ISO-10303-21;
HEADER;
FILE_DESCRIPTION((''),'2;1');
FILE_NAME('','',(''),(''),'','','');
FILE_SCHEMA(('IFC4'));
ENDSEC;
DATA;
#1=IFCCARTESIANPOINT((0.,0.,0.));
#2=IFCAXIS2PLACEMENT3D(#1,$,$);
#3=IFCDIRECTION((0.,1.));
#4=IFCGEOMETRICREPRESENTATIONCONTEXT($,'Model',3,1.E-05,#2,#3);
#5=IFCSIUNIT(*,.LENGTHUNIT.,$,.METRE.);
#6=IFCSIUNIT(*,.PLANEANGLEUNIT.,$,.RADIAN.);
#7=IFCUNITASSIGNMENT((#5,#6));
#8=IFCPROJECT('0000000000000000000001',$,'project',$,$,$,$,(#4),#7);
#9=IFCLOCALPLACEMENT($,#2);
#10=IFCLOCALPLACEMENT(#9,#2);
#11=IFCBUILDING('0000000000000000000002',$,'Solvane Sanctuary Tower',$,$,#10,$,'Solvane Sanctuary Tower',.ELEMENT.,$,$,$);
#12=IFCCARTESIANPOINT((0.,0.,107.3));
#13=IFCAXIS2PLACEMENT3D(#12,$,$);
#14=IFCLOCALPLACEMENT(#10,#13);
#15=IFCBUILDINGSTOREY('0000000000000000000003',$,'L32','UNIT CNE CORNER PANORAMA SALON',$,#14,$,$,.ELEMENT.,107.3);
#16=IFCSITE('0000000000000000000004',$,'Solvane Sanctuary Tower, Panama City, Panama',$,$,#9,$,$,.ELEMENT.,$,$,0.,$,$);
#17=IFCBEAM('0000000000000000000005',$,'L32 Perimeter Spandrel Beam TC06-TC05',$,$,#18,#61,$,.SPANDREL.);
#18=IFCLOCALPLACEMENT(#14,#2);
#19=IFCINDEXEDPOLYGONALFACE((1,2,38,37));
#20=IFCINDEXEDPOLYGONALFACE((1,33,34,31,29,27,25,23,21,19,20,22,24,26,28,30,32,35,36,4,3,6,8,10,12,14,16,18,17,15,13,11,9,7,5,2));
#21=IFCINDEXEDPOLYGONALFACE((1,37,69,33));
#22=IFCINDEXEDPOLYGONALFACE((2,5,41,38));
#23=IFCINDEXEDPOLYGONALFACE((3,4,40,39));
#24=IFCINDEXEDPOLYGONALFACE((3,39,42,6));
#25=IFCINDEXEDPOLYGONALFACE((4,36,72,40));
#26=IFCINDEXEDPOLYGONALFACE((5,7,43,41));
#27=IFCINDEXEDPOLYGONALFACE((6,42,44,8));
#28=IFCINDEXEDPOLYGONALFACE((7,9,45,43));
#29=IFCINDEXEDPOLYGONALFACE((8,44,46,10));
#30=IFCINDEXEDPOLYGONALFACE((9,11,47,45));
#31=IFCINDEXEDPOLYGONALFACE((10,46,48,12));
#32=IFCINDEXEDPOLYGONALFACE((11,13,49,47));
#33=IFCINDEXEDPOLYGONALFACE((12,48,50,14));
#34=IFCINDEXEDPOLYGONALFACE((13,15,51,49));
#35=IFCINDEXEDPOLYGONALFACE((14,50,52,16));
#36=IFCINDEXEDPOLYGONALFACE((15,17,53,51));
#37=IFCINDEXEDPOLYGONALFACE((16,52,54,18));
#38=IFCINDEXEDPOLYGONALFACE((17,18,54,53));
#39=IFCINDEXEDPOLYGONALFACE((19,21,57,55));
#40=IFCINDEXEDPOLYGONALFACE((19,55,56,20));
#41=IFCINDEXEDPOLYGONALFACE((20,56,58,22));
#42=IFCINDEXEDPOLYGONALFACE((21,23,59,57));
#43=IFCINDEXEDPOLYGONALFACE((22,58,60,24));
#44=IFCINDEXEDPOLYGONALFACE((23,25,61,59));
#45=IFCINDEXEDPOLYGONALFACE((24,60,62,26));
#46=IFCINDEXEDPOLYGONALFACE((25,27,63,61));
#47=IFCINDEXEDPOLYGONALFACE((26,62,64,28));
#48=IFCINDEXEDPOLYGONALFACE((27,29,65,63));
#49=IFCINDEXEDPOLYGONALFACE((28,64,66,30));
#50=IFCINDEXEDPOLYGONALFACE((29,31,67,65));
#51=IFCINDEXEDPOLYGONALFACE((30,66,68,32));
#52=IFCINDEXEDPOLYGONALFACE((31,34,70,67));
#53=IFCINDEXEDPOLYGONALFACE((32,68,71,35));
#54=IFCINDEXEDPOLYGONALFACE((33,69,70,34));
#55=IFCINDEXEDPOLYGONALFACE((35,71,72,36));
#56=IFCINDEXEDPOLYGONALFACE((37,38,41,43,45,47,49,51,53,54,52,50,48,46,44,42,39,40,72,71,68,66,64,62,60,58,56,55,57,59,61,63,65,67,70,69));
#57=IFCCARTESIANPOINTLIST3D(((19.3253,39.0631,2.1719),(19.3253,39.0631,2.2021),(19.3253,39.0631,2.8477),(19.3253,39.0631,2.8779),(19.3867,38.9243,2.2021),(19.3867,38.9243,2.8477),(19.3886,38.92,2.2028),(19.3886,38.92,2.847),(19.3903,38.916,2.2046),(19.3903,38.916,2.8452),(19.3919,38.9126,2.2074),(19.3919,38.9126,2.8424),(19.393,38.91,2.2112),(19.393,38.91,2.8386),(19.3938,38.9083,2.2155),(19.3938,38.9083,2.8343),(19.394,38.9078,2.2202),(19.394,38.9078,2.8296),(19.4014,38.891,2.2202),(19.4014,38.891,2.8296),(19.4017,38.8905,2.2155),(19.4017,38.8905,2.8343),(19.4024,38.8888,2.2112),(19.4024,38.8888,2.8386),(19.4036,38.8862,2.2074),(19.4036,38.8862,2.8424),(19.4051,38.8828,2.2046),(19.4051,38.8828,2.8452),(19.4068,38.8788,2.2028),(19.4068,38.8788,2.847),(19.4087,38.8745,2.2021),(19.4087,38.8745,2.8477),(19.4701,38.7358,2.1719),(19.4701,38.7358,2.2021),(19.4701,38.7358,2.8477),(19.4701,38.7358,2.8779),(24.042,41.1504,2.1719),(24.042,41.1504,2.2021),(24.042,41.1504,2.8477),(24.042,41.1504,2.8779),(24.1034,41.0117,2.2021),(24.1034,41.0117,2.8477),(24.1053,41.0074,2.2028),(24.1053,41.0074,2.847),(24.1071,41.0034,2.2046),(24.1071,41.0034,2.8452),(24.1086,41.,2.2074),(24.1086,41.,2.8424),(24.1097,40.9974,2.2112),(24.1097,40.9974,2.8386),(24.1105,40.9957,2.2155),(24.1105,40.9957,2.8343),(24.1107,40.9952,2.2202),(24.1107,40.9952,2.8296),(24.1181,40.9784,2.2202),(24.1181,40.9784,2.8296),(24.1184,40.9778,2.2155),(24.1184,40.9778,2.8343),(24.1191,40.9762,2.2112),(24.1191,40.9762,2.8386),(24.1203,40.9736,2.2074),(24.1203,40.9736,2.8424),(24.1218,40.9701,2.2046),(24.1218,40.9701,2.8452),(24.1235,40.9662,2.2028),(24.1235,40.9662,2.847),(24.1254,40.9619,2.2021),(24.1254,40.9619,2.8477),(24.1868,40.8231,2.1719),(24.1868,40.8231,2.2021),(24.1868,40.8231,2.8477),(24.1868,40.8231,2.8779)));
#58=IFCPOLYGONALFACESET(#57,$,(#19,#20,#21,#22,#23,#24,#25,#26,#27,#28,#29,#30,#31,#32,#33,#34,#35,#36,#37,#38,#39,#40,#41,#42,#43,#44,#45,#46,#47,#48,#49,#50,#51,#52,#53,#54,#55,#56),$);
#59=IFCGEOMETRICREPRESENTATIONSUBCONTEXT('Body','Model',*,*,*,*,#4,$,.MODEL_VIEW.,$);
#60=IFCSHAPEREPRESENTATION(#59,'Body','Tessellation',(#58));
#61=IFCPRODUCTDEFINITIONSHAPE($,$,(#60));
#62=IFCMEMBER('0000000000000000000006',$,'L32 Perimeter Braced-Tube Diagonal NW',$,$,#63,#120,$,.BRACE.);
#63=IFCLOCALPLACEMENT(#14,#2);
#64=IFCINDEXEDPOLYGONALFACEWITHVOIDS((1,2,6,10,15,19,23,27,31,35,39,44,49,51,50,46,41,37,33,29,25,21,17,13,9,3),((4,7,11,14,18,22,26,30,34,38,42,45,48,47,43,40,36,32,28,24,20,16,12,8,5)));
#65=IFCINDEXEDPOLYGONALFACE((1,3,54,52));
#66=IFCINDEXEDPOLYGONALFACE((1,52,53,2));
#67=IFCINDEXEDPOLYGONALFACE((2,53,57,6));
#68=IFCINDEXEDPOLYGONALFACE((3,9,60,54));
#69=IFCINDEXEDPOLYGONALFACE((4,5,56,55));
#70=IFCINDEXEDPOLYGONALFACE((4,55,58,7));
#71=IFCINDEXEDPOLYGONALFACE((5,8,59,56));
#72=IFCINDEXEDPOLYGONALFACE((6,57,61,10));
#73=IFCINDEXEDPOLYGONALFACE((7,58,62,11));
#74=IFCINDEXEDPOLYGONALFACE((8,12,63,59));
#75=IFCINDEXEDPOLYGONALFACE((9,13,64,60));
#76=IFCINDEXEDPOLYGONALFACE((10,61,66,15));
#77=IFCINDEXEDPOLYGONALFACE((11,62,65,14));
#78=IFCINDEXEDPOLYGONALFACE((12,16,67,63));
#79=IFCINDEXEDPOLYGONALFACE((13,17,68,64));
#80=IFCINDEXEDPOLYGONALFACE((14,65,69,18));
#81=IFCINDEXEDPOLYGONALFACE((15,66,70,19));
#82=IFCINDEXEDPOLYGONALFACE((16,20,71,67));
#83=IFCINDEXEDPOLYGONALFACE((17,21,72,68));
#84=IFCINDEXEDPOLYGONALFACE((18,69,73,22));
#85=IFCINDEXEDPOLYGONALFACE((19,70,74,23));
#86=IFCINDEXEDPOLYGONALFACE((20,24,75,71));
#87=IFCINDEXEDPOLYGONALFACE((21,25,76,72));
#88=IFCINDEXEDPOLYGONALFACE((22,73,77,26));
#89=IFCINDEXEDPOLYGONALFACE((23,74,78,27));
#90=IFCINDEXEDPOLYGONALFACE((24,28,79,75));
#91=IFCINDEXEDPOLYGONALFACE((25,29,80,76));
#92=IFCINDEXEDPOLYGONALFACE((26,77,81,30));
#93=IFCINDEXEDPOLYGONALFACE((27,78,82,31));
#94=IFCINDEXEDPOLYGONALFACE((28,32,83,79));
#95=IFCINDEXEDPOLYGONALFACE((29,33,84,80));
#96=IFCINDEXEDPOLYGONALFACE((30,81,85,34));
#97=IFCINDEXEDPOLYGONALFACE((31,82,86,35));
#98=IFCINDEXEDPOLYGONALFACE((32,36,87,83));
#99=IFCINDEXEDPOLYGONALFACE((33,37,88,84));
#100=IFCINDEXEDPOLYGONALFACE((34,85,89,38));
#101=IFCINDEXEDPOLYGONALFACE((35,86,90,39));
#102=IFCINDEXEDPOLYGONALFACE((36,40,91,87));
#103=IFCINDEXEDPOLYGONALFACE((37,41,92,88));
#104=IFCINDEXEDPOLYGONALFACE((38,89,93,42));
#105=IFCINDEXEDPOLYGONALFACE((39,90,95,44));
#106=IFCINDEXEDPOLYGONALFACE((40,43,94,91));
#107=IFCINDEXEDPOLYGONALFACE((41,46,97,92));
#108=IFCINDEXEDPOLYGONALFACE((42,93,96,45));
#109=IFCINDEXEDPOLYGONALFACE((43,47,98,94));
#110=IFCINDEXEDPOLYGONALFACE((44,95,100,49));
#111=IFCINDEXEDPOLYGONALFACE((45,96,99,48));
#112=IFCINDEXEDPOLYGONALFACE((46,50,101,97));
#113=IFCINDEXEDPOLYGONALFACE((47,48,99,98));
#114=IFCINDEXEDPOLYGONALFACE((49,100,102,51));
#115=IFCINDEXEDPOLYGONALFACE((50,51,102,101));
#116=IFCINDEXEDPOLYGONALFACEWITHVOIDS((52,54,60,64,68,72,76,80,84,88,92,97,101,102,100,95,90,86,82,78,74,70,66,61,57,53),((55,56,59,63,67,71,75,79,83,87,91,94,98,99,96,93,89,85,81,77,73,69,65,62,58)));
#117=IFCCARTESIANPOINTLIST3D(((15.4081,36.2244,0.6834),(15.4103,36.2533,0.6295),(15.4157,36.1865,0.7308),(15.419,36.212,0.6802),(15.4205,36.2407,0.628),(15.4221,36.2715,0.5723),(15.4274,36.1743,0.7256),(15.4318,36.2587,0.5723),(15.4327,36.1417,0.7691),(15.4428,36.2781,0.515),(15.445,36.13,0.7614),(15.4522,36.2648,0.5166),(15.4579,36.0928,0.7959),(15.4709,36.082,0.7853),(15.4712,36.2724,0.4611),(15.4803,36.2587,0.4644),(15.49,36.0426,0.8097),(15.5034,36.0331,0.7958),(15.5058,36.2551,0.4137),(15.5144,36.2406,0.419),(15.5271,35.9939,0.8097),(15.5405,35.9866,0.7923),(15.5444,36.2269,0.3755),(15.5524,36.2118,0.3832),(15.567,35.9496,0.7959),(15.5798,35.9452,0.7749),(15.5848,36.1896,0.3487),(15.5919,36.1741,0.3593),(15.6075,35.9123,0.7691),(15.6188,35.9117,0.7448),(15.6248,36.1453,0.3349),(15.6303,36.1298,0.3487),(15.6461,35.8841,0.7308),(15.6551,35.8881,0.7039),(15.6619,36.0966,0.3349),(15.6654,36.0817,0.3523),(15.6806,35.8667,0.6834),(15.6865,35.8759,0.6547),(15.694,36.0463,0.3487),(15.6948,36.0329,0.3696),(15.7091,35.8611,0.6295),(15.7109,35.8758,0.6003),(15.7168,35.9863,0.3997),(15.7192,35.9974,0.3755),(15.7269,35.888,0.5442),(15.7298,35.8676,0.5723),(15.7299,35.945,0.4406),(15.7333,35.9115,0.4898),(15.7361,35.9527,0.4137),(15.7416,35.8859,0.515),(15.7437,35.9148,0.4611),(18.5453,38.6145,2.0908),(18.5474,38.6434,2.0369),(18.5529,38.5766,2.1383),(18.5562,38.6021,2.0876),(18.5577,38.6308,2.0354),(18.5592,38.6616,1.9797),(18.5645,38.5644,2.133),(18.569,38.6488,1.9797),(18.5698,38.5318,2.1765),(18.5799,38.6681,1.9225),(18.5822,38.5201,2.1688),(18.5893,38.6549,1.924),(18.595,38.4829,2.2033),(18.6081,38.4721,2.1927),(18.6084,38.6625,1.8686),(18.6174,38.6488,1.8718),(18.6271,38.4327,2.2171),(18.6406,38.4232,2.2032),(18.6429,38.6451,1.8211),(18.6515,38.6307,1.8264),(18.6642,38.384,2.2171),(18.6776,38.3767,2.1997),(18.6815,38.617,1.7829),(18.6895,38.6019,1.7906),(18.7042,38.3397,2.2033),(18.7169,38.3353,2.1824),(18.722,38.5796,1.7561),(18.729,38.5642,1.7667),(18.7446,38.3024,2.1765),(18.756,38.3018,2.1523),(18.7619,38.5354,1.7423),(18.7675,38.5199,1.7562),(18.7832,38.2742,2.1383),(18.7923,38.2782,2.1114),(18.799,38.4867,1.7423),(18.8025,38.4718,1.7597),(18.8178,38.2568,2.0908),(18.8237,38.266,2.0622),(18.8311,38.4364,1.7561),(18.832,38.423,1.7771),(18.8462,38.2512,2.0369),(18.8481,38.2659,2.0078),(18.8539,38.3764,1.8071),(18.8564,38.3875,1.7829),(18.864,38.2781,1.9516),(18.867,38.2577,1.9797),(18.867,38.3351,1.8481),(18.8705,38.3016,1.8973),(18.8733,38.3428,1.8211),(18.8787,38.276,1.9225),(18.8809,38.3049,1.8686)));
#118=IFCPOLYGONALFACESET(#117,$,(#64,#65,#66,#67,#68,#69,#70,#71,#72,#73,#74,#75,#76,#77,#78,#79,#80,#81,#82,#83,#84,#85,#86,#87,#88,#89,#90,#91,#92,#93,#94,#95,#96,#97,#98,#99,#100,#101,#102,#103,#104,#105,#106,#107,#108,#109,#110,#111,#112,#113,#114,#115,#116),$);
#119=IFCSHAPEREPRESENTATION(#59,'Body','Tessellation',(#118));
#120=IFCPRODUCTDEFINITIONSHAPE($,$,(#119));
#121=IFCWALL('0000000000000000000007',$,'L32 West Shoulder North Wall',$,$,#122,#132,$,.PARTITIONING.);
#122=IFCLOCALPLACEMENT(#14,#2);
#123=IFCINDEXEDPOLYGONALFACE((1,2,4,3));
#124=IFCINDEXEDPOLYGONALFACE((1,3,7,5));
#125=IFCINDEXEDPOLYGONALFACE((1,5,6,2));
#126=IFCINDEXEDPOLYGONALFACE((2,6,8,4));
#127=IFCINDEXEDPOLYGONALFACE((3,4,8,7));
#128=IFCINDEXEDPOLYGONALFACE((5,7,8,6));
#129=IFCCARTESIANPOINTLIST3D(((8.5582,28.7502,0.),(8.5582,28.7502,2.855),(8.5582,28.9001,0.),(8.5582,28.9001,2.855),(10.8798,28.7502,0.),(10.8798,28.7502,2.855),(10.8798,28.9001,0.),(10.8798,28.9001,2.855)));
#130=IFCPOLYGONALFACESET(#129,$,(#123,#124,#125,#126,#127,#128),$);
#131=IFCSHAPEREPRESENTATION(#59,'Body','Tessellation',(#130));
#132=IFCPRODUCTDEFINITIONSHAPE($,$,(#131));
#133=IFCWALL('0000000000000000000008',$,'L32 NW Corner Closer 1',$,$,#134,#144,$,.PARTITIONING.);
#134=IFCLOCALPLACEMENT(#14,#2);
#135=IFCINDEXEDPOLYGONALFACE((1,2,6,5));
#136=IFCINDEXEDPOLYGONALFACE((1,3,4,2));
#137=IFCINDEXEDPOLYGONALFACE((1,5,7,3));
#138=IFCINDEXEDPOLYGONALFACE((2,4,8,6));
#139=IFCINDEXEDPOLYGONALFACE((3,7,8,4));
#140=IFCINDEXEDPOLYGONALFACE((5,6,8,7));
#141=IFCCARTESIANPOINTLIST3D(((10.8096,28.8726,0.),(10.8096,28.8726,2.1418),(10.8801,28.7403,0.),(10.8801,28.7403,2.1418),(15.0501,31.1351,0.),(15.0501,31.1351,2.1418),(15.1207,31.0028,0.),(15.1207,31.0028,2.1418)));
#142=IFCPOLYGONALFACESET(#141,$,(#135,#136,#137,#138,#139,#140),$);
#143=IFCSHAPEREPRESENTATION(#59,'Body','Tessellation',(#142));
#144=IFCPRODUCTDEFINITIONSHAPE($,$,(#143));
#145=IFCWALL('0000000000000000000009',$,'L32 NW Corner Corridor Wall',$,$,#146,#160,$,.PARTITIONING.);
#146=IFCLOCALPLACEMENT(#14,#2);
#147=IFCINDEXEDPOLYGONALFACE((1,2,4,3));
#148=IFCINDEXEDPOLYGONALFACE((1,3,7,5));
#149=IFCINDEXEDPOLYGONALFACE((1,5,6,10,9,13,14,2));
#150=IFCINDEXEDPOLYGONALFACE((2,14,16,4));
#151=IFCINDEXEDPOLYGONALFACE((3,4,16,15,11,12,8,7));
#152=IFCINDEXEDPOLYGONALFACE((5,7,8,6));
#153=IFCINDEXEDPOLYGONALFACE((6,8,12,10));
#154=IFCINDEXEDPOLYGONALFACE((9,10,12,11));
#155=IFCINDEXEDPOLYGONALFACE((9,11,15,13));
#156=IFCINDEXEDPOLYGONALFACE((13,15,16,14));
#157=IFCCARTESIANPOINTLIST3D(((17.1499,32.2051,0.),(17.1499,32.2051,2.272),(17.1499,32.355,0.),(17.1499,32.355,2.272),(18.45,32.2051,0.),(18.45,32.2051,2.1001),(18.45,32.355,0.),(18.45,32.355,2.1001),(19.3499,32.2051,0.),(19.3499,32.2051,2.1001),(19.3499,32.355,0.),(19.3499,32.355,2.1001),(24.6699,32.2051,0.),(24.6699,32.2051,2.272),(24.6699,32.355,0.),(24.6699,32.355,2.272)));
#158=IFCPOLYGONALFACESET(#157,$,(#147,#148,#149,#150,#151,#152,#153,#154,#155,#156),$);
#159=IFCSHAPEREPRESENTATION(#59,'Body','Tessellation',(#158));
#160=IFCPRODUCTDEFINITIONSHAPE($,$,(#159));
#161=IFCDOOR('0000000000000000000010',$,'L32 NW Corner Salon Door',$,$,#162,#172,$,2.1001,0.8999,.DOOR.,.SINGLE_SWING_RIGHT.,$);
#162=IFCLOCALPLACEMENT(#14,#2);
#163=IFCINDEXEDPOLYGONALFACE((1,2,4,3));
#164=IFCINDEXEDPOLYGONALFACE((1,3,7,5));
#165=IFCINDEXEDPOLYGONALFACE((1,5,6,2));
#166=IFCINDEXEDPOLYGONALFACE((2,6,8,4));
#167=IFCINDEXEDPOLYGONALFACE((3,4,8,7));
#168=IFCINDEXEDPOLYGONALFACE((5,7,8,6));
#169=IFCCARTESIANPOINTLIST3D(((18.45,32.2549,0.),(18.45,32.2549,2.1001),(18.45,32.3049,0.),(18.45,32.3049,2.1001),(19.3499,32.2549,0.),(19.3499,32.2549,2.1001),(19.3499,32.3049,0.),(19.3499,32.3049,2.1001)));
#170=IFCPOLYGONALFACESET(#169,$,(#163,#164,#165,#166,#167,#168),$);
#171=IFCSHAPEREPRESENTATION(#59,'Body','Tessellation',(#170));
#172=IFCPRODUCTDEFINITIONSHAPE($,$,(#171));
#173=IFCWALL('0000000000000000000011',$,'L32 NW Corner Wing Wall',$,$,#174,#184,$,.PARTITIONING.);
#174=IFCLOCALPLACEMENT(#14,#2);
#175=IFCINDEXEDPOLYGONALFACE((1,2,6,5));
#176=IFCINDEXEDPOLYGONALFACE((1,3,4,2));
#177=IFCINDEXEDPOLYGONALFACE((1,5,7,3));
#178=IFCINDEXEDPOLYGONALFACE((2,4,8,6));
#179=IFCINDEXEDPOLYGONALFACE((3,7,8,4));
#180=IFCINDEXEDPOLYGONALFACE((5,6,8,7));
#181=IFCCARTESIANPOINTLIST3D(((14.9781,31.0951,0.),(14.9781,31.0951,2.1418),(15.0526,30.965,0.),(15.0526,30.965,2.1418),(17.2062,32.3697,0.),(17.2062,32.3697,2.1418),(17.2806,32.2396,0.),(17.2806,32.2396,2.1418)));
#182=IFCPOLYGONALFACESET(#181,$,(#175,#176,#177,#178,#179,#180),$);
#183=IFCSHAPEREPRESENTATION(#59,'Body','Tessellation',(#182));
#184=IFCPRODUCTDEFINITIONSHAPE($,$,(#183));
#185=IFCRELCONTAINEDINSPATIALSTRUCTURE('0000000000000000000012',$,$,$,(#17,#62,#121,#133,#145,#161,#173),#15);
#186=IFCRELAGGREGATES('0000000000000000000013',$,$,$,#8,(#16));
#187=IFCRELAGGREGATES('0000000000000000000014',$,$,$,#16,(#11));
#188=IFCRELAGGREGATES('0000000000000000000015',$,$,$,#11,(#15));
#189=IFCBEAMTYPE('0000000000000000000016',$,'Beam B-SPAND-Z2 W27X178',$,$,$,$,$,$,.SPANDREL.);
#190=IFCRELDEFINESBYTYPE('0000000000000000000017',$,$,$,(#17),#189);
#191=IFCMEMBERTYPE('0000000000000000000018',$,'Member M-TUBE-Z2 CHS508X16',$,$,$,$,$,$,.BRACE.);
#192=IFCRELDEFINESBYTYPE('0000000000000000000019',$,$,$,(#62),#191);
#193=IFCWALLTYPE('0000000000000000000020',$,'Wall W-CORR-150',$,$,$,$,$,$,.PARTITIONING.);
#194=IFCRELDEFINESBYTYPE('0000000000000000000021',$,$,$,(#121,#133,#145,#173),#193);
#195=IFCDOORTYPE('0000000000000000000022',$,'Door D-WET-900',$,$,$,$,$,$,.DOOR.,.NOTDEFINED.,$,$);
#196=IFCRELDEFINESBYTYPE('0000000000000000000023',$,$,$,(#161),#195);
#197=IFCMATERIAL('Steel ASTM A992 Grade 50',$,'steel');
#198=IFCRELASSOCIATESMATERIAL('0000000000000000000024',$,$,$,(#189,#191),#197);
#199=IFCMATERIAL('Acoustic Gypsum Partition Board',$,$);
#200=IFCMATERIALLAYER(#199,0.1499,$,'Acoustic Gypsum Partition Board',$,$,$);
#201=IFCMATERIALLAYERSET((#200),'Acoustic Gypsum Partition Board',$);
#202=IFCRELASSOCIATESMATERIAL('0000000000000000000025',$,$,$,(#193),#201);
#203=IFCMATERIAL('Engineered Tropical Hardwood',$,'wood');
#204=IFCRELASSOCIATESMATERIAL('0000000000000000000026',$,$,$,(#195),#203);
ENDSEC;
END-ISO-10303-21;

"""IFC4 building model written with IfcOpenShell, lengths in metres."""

from ifc_helpers import new_model, si_unit, direction, frame, frame_2d, origin, origin_2d, place, context, subcontext, project, spatial, rectangle, hollow_circle, i_section, extrude, material, layer, layer_set, material_profile, profile_set, type_object, element, fill, save


model = new_model("IFC4")

# Units and contexts
model_context = context("Model", 3, precision=1e-05, world=origin(), true_north=direction((0.0, 1.0)))
body_context = subcontext(model_context, "Body", "Model", "MODEL_VIEW")
ifc_project = project(units=[si_unit("LENGTHUNIT", "METRE"), si_unit("PLANEANGLEUNIT", "RADIAN")], contexts=[model_context])

# Site, building, storey
site_placement = place(None, origin())
site = spatial("IfcSite", under=ifc_project, at=site_placement, Name="Solvane Sanctuary Tower, Panama City, Panama", CompositionType="ELEMENT", RefElevation=0.0)
building_placement = place(site_placement, origin())
building = spatial("IfcBuilding", under=site, at=building_placement, Name="Solvane Sanctuary Tower", LongName="Solvane Sanctuary Tower", CompositionType="ELEMENT")
storey_placement = place(building_placement, frame((0.0, 0.0, 107.3)))
storey = spatial("IfcBuildingStorey", under=building, at=storey_placement, Name="L32", Description="UNIT CNE CORNER PANORAMA SALON", CompositionType="ELEMENT", Elevation=107.3)

# Beam
ifc_material_1 = material(Name="Steel ASTM A992 Grade 50", Category="steel")
ifc_material_profile_1 = material_profile(ifc_material_1, i_section(OverallWidth=0.3579, OverallDepth=0.7061, WebThickness=0.0183, FlangeThickness=0.0303, FilletRadius=0.0181, at=origin_2d()), Name="W27X178")
ifc_profile_set_1 = profile_set([ifc_material_profile_1], Name="Steel ASTM A992 Grade 50")
beam_type_1 = type_object("IfcBeamType", Name="Beam B-SPAND-Z2 W27X178", PredefinedType="SPANDREL", material=ifc_profile_set_1)
beam_1_placement = place(storey_placement, frame((19.3977, 38.8994, 2.5249), z_axis=(0.914455, 0.404689, 0.0), x_axis=(-0.404689, 0.914455, 0.0)))
element("IfcBeam", 1, at=beam_1_placement, inside=storey, type_object=beam_type_1, Name="L32 Perimeter Spandrel Beam TC06-TC05", PredefinedType="SPANDREL", context=body_context, shape_type="SweptSolid", body=[
    extrude(i_section(OverallWidth=0.3579, OverallDepth=0.7061, WebThickness=0.0183, FlangeThickness=0.0303, FilletRadius=0.0181, at=origin_2d()), origin(), (0.0, 0.0, 1.0), 5.158),
])

# Member
ifc_material_profile_2 = material_profile(ifc_material_1, hollow_circle(Radius=0.2539, WallThickness=0.0161, at=origin_2d()), Name="CHS508X16")
ifc_profile_set_2 = profile_set([ifc_material_profile_2], Name="Steel ASTM A992 Grade 50")
member_type = type_object("IfcMemberType", Name="Member M-TUBE-Z2 CHS508X16", PredefinedType="BRACE", material=ifc_profile_set_2)
member_placement = place(storey_placement, frame((15.5759, 36.0696, 0.5723), z_axis=(0.74917, 0.570769, 0.336106), x_axis=(-0.606025, 0.795446, 0.0)))
element("IfcMember", 2, at=member_placement, inside=storey, type_object=member_type, Name="L32 Perimeter Braced-Tube Diagonal NW", PredefinedType="BRACE", context=body_context, shape_type="SweptSolid", body=[
    extrude(hollow_circle(Radius=0.2539, WallThickness=0.0161, at=origin_2d()), origin(), (0.0, 0.0, 1.0), 4.1875),
])

# Walls
ifc_material_2 = material(Name="Acoustic Gypsum Partition Board")
ifc_layer_1 = layer(ifc_material_2, 0.1499, Name="Acoustic Gypsum Partition Board")
ifc_layer_set_1 = layer_set([ifc_layer_1], Name="Acoustic Gypsum Partition Board")
wall_type_1 = type_object("IfcWallType", Name="Wall W-CORR-150", PredefinedType="PARTITIONING", material=ifc_layer_set_1)
wall_1_placement = place(storey_placement, frame((8.5583, 28.8252, 0.0), z_axis=(0.0, 0.0, 1.0), x_axis=(1.0, 0.0, 0.0)))
element("IfcWall", 3, at=wall_1_placement, inside=storey, type_object=wall_type_1, Name="L32 West Shoulder North Wall", PredefinedType="PARTITIONING", context=body_context, shape_type="SweptSolid", body=[
    extrude(rectangle(XDim=2.3215, YDim=0.1499, at=frame_2d((1.1606, 0.0))), origin(), (0.0, 0.0, 1.0), 2.855),
])
wall_2_placement = place(storey_placement, frame((10.8447, 28.8064, 0.0), z_axis=(0.0, 0.0, 1.0), x_axis=(0.882278, 0.470728, 0.0)))
element("IfcWall", 4, at=wall_2_placement, inside=storey, type_object=wall_type_1, Name="L32 NW Corner Closer 1", PredefinedType="PARTITIONING", context=body_context, shape_type="SweptSolid", body=[
    extrude(rectangle(XDim=4.8064, YDim=0.1499, at=frame_2d((2.4033, 0.0))), origin(), (0.0, 0.0, 1.0), 2.1418),
])

# Wall, opening, door
wall_3_placement = place(storey_placement, frame((17.1499, 32.28, 0.0), z_axis=(0.0, 0.0, 1.0), x_axis=(1.0, 0.0, 0.0)))
wall_3 = element("IfcWall", 5, at=wall_3_placement, inside=storey, type_object=wall_type_1, Name="L32 NW Corner Corridor Wall", PredefinedType="PARTITIONING", context=body_context, shape_type="SweptSolid", body=[
    extrude(rectangle(XDim=7.52, YDim=0.1499, at=frame_2d((3.76, 0.0))), origin(), (0.0, 0.0, 1.0), 2.272),
])
opening_1_placement = place(wall_3_placement, frame((1.3, 0.0, 0.0)))
opening_1 = element("IfcOpeningElement", 6, at=opening_1_placement, cuts=wall_3, PredefinedType="OPENING", context=body_context, shape_type="SweptSolid", body=[
    extrude(rectangle(XDim=0.8999, YDim=2.1001, at=frame_2d((0.45, 1.05))), frame((0.0, 0.085, 0.0), z_axis=(0.0, -1.0, 0.0), x_axis=(1.0, 0.0, 0.0)), (0.0, 0.0, 1.0), 0.1699),
])
ifc_material_3 = material(Name="Engineered Tropical Hardwood", Category="wood")
door_type_1 = type_object("IfcDoorType", Name="Door D-WET-900", OperationType="NOTDEFINED", PredefinedType="DOOR", material=ifc_material_3)
door_1_placement = place(opening_1_placement, origin())
door_1 = element("IfcDoor", 7, at=door_1_placement, inside=storey, type_object=door_type_1, Name="L32 NW Corner Salon Door", OperationType="SINGLE_SWING_RIGHT", OverallHeight=2.1001, OverallWidth=0.8999, PredefinedType="DOOR", context=body_context, shape_type="SweptSolid", body=[
    extrude(rectangle(XDim=0.8999, YDim=2.1001, at=frame_2d((0.45, 1.05))), frame((0.0, 0.0249, 0.0), z_axis=(0.0, -1.0, 0.0), x_axis=(1.0, 0.0, 0.0)), (0.0, 0.0, 1.0), 0.05),
])
fill(opening_1, door_1)

# Wall
wall_4_placement = place(storey_placement, frame((17.2434, 32.3047, 0.0), z_axis=(0.0, 0.0, 1.0), x_axis=(-0.867991, -0.496579, 0.0)))
element("IfcWall", 8, at=wall_4_placement, inside=storey, type_object=wall_type_1, Name="L32 NW Corner Wing Wall", PredefinedType="PARTITIONING", context=body_context, shape_type="SweptSolid", body=[
    extrude(rectangle(XDim=2.5669, YDim=0.1499, at=frame_2d((1.2834, 0.0))), origin(), (0.0, 0.0, 1.0), 2.1418),
])

save(model, "model.ifc")
